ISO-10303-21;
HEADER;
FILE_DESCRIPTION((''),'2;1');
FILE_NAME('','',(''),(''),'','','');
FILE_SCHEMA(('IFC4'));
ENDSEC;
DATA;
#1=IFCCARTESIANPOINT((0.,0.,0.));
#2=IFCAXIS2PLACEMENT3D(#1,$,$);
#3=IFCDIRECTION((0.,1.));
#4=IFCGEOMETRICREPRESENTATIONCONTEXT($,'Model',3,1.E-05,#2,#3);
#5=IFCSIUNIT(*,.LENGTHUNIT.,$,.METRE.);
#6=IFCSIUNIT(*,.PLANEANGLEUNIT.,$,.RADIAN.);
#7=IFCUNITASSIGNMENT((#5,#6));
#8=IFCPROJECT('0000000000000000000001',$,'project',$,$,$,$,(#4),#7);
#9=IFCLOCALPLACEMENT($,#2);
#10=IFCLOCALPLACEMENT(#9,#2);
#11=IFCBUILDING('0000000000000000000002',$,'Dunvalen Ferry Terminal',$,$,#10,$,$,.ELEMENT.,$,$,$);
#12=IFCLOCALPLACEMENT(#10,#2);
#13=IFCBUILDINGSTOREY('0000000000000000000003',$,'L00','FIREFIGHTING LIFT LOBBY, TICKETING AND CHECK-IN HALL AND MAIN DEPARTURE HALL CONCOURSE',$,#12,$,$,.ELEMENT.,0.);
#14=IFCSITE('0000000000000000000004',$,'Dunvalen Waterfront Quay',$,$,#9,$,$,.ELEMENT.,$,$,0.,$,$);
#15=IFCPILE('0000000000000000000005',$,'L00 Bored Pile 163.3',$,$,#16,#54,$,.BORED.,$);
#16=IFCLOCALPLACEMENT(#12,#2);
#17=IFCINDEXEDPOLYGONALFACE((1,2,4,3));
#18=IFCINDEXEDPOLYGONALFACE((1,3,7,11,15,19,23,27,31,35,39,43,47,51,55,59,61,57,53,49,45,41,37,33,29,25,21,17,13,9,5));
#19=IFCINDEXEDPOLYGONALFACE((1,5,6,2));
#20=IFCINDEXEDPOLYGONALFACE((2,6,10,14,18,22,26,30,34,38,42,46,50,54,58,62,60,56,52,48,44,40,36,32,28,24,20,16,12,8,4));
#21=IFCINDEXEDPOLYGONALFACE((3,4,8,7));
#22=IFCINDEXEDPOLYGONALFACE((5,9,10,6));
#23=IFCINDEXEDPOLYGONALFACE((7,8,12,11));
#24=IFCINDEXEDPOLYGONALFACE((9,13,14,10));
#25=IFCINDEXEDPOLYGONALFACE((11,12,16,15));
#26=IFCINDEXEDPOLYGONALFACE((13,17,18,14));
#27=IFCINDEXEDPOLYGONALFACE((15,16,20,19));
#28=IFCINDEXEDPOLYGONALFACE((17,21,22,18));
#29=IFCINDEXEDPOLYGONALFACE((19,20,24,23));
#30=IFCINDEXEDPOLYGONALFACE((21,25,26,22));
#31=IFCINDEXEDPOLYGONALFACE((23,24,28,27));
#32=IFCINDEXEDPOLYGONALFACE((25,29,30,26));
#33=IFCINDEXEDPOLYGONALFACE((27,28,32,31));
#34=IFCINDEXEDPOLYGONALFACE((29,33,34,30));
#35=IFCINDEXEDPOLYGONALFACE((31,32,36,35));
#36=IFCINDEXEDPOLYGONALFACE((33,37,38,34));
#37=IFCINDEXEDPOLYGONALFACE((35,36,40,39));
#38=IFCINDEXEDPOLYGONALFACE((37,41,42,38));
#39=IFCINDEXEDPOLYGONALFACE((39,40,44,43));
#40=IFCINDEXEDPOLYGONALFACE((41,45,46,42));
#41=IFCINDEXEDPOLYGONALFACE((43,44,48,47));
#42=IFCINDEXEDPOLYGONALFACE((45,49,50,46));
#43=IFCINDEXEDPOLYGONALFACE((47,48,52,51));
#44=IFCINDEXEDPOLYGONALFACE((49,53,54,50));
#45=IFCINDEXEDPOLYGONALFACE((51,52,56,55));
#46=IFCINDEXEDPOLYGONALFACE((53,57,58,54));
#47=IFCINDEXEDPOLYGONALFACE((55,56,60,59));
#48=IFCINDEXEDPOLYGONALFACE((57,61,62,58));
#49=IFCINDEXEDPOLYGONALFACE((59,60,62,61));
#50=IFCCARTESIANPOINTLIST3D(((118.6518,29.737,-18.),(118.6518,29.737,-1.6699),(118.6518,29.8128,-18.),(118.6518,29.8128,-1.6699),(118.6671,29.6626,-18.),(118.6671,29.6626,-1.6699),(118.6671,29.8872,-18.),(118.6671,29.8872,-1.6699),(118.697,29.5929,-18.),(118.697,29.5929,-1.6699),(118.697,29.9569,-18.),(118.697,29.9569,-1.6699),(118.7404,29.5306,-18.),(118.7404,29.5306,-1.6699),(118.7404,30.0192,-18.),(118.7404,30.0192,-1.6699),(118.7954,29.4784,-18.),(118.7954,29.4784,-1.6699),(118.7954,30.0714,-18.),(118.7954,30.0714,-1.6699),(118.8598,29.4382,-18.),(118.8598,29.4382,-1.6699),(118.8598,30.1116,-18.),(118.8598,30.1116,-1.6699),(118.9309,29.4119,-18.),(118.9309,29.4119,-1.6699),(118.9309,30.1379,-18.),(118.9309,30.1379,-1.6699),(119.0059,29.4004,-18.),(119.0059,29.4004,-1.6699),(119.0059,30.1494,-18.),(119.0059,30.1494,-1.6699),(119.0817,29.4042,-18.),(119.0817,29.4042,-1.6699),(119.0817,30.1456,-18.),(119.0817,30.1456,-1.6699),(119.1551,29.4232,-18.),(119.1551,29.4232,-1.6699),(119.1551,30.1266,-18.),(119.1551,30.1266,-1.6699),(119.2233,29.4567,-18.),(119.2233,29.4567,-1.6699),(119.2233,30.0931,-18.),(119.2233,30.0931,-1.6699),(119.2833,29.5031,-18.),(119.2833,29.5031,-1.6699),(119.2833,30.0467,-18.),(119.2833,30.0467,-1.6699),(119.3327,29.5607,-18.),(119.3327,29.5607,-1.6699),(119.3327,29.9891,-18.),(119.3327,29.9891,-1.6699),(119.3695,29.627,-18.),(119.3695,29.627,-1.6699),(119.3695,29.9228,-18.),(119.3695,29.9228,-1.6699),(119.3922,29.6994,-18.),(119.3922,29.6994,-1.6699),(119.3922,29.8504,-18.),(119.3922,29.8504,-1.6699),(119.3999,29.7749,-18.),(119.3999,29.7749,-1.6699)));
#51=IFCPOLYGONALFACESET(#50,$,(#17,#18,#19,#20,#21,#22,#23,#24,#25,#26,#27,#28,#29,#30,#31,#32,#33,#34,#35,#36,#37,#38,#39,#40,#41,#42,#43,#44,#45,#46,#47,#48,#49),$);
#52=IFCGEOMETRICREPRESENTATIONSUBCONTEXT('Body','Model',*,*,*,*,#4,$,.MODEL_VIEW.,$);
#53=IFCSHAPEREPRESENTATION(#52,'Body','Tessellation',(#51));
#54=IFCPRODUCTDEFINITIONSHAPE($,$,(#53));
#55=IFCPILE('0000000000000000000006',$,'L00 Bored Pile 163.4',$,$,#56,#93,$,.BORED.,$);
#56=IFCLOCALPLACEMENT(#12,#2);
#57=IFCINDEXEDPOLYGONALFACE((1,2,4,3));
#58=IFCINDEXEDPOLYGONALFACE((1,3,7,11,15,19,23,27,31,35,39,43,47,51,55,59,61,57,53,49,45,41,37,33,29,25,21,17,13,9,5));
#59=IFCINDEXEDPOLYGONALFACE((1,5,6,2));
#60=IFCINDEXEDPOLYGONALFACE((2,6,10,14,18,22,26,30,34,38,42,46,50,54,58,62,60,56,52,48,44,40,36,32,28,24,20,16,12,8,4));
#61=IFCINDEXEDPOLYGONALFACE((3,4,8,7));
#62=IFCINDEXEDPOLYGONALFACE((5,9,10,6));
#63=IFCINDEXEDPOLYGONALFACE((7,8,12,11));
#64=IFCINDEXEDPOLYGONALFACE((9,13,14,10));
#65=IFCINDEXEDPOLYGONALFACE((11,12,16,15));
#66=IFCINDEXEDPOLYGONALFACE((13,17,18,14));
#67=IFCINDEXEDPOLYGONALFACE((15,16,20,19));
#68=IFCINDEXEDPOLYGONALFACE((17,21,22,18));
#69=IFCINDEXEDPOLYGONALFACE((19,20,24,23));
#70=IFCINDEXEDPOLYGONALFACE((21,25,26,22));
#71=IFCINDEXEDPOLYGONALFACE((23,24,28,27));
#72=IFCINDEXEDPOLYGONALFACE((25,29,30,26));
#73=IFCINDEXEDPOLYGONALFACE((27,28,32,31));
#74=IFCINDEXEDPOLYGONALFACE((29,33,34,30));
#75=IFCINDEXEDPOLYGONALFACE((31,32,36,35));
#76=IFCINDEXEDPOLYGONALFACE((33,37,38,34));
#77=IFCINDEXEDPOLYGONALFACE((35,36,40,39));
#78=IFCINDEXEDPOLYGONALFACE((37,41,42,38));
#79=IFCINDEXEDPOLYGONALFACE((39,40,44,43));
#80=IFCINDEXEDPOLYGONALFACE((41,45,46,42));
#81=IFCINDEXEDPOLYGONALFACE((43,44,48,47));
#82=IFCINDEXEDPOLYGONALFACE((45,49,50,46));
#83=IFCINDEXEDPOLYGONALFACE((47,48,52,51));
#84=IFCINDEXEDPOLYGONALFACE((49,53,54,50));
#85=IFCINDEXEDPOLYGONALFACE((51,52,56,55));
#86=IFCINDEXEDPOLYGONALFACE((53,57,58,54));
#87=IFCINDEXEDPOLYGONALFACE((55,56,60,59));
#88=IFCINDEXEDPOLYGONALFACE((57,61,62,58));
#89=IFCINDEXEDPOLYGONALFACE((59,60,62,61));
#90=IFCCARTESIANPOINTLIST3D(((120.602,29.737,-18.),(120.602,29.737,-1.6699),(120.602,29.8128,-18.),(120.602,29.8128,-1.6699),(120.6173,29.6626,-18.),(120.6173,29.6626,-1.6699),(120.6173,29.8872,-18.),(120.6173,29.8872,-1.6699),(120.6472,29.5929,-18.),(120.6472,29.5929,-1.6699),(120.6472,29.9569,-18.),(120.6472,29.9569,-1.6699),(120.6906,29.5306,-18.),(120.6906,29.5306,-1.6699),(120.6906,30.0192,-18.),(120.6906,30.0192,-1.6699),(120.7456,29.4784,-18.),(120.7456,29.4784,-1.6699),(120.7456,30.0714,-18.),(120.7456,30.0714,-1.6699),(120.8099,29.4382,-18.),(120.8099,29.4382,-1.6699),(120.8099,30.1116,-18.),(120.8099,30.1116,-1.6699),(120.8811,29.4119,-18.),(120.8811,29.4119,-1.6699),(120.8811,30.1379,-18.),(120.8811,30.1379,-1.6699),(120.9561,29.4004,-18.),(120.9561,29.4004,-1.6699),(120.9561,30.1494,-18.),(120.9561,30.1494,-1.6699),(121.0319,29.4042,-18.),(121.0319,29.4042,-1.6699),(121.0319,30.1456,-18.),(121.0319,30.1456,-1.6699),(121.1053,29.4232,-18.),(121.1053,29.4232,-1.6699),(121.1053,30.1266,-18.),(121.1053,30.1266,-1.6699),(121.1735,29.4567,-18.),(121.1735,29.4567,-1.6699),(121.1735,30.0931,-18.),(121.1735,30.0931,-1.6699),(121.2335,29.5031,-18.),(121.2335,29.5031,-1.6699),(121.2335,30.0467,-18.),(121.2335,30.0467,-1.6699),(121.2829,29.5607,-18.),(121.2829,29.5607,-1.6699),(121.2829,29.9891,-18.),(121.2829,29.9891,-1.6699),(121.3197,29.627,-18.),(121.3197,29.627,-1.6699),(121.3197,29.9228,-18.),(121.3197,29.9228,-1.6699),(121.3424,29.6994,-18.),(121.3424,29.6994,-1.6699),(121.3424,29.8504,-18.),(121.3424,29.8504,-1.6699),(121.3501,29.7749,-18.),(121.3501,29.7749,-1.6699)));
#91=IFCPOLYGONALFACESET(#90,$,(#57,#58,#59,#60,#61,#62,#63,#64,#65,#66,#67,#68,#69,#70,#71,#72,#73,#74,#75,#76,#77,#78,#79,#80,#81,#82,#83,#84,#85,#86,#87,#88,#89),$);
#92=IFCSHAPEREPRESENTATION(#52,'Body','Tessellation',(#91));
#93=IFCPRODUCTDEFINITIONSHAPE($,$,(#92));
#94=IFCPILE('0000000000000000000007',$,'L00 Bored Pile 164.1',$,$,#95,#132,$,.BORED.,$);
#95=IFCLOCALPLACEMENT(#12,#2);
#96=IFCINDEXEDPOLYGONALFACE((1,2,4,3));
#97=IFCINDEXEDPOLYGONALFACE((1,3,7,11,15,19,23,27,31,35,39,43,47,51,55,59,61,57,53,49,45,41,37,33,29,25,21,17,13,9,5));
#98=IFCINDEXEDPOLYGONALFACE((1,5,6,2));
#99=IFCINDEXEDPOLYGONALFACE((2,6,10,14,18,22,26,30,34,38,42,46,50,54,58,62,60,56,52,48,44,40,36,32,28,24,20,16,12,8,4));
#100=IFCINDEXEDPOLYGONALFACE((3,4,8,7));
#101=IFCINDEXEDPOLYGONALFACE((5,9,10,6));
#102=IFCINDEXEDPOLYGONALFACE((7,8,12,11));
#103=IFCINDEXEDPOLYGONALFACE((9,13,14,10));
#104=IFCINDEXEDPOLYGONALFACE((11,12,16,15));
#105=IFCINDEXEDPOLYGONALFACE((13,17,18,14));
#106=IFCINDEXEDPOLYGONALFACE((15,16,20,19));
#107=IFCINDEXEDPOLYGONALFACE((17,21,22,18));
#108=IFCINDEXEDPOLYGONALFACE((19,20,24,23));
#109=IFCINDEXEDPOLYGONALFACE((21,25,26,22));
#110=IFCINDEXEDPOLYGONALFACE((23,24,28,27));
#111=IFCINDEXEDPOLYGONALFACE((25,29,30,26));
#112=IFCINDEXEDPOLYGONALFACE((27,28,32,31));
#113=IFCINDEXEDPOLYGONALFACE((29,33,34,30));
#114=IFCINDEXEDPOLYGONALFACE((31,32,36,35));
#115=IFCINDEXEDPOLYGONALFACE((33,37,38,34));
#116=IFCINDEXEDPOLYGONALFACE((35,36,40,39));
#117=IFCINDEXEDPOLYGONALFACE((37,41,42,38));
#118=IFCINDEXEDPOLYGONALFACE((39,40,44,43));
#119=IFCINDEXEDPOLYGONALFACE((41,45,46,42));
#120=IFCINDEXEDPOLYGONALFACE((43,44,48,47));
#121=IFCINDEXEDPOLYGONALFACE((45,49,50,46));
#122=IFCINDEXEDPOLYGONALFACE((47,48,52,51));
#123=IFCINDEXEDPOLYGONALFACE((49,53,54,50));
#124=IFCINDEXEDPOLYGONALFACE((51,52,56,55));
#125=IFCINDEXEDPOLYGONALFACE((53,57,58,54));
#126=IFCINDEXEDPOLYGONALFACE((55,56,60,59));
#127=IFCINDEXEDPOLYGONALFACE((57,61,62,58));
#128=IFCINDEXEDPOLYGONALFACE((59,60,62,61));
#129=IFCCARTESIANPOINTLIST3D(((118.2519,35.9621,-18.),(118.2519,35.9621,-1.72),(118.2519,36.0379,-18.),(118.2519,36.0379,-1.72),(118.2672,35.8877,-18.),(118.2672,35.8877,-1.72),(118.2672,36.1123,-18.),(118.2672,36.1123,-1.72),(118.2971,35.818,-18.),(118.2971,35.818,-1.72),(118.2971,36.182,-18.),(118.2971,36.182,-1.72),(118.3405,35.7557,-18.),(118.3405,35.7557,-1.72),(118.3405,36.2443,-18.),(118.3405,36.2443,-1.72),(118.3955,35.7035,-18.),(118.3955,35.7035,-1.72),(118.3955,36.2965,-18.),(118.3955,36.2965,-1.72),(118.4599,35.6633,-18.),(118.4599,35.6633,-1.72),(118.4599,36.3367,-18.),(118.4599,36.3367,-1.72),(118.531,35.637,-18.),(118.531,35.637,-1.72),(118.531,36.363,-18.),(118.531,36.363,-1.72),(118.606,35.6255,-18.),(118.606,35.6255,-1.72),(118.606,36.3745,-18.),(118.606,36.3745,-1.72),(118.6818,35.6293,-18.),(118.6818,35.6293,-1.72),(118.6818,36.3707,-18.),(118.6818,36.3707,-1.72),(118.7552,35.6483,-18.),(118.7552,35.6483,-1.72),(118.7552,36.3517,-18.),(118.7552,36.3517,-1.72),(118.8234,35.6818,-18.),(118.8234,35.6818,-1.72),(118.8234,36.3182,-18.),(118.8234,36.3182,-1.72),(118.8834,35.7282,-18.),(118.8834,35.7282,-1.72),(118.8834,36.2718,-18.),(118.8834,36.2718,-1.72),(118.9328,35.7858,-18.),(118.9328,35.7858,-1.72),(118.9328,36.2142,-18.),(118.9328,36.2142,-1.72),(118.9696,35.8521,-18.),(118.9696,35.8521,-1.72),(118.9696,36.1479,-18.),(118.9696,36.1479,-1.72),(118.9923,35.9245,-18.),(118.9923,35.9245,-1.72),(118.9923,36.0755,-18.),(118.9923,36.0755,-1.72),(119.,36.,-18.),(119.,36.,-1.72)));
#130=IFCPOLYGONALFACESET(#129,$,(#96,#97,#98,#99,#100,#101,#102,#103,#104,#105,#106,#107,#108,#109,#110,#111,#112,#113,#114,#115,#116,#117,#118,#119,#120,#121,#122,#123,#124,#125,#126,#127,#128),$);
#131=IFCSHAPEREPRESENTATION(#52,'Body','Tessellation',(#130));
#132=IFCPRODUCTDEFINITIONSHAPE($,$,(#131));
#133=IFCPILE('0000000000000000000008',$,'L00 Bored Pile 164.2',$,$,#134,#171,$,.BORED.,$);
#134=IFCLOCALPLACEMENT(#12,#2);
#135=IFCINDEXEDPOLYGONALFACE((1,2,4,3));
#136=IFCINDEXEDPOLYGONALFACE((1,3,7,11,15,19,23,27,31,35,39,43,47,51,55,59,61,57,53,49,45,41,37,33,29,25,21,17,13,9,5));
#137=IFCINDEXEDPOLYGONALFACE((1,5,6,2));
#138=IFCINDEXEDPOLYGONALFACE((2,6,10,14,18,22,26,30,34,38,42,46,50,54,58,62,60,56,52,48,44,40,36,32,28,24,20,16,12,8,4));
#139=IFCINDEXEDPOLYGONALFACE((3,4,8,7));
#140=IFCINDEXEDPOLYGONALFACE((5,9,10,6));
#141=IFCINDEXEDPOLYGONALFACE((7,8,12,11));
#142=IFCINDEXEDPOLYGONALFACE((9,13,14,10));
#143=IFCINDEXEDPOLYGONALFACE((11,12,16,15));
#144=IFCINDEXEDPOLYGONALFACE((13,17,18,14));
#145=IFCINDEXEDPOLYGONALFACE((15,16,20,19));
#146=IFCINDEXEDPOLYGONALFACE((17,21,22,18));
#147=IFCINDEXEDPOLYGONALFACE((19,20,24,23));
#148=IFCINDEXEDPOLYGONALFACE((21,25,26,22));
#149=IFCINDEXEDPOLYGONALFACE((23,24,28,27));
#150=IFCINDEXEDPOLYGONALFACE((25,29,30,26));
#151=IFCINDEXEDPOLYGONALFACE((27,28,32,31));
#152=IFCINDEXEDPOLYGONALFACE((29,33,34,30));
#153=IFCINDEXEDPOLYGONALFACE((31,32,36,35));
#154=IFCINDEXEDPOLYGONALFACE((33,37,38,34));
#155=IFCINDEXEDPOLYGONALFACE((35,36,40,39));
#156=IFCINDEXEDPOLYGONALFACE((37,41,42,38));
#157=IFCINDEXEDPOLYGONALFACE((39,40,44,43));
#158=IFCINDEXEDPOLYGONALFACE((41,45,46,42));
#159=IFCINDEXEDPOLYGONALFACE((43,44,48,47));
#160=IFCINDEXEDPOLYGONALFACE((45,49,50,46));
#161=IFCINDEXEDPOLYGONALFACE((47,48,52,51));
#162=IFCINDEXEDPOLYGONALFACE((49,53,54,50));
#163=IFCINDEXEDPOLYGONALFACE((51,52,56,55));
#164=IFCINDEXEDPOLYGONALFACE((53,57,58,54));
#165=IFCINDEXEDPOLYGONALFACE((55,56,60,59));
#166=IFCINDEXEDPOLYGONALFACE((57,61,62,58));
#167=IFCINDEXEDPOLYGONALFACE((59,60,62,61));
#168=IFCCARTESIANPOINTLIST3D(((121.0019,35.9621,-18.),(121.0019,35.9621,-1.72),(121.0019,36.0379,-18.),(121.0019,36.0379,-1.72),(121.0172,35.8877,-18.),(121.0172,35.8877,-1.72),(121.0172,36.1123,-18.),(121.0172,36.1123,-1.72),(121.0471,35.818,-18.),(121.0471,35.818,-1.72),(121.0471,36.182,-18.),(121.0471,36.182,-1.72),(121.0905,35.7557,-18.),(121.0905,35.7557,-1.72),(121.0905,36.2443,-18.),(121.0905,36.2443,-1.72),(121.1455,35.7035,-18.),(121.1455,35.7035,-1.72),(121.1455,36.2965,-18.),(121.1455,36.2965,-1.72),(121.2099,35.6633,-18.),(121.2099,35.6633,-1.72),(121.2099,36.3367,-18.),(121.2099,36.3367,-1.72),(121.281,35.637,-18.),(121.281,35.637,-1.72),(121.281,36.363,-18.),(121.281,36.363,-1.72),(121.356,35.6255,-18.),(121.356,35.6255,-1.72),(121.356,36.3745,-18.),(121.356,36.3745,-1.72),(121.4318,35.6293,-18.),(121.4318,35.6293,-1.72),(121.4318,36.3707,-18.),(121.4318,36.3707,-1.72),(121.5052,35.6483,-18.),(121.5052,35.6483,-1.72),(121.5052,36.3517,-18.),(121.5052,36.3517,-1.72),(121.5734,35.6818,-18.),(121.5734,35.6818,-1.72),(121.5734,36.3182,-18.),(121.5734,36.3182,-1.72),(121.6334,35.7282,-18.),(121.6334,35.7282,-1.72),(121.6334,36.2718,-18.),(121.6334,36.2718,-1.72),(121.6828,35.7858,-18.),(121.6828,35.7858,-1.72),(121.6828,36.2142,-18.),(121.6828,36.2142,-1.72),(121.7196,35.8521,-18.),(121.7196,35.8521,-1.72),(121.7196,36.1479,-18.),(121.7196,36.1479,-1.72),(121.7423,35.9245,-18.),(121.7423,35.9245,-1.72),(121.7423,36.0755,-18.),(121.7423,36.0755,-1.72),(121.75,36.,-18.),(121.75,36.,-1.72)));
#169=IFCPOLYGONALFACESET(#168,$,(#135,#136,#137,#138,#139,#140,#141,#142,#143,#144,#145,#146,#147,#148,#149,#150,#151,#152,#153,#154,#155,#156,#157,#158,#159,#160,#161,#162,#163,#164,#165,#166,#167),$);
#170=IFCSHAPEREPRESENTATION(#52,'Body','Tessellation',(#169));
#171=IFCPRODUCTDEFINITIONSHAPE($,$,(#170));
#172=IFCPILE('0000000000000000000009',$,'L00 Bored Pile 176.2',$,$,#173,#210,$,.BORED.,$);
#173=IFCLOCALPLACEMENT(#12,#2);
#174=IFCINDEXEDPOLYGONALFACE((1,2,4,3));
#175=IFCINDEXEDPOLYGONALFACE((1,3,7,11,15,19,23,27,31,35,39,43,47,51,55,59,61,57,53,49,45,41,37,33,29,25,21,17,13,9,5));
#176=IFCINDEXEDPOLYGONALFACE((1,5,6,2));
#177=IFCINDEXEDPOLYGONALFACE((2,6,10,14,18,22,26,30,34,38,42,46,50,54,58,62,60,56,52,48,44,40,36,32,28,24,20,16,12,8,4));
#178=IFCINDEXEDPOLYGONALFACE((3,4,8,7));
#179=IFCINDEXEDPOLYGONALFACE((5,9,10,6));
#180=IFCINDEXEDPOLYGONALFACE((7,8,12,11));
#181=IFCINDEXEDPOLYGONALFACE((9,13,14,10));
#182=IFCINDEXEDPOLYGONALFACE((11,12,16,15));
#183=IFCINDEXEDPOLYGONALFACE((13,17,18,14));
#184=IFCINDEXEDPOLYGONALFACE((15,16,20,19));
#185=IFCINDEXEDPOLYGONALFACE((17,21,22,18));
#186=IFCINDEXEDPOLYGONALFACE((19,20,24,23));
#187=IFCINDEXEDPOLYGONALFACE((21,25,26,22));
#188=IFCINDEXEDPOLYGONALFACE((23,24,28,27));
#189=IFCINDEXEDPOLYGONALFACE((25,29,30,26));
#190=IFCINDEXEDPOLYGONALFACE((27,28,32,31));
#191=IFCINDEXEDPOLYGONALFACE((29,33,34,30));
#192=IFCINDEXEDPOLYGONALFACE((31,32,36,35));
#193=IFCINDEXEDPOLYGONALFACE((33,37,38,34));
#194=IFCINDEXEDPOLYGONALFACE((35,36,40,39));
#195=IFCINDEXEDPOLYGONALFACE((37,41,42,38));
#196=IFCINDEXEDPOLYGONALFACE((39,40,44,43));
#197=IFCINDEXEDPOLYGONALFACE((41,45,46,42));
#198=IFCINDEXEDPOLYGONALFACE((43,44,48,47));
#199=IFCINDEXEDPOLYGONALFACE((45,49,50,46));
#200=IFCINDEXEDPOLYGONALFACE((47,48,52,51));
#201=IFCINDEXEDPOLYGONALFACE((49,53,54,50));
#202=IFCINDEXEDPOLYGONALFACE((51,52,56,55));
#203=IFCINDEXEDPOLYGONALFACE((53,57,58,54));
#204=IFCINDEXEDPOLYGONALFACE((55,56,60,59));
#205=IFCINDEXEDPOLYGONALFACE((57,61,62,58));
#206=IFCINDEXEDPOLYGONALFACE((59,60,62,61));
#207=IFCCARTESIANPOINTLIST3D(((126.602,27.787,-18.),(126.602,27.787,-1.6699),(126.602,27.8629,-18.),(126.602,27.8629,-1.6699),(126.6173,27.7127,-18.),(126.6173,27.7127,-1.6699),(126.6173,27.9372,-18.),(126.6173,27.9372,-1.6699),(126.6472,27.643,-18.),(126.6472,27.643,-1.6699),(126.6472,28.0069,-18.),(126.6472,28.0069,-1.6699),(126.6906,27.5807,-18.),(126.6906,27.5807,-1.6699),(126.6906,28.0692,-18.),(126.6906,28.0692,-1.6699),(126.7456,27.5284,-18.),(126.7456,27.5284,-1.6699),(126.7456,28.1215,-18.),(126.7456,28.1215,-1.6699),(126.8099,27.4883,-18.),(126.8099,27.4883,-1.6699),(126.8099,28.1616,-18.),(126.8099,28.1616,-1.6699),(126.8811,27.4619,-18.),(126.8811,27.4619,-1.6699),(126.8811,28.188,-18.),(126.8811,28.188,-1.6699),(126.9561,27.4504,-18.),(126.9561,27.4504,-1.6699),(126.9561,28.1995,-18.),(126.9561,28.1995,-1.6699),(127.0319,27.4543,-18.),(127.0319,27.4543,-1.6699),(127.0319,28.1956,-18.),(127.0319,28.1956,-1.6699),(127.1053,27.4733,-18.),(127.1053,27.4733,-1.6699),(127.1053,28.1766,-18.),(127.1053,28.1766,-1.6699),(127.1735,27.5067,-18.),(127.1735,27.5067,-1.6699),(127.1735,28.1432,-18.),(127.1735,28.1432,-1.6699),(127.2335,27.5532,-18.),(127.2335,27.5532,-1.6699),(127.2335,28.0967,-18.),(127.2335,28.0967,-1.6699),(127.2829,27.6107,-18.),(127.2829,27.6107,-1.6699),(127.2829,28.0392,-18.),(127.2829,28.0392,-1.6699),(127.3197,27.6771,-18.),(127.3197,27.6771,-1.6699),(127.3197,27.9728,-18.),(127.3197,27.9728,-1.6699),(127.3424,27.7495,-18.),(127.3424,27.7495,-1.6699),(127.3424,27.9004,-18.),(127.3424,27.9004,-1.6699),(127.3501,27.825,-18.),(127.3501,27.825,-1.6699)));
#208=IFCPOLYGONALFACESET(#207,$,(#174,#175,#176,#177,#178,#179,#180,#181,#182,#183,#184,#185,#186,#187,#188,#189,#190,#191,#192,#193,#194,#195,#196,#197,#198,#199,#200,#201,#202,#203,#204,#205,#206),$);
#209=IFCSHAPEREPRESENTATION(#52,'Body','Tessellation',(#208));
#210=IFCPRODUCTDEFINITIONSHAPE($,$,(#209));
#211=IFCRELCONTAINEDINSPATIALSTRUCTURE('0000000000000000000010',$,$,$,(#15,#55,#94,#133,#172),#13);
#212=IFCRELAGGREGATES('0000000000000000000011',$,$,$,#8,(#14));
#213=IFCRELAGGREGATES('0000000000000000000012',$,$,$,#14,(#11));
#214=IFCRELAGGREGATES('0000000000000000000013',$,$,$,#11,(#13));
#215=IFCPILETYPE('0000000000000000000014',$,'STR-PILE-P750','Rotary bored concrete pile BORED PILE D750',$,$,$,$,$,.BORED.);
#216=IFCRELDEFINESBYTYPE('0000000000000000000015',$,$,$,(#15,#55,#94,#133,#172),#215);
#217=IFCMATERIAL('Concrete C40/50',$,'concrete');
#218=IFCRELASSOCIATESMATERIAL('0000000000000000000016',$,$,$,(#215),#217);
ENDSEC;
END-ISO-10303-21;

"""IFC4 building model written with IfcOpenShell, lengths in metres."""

from ifc_helpers import new_model, si_unit, direction, frame, origin, origin_2d, place, context, subcontext, project, spatial, circle, extrude, material, material_profile, profile_set, type_object, element, save


model = new_model("IFC4")

# Units and contexts
model_context = context("Model", 3, precision=1e-05, world=origin(), true_north=direction((0.0, 1.0)))
body_context = subcontext(model_context, "Body", "Model", "MODEL_VIEW")
ifc_project = project(units=[si_unit("LENGTHUNIT", "METRE"), si_unit("PLANEANGLEUNIT", "RADIAN")], contexts=[model_context])

# Site, building, storey
site_placement = place(None, origin())
site = spatial("IfcSite", under=ifc_project, at=site_placement, Name="Dunvalen Waterfront Quay", CompositionType="ELEMENT", RefElevation=0.0)
building_placement = place(site_placement, origin())
building = spatial("IfcBuilding", under=site, at=building_placement, Name="Dunvalen Ferry Terminal", CompositionType="ELEMENT")
storey_placement = place(building_placement, origin())
storey = spatial("IfcBuildingStorey", under=building, at=storey_placement, Name="L00", Description="FIREFIGHTING LIFT LOBBY, TICKETING AND CHECK-IN HALL AND MAIN DEPARTURE HALL CONCOURSE", CompositionType="ELEMENT", Elevation=0.0)

# Shared definitions
ifc_material_1 = material(Name="Concrete C40/50", Category="concrete")

# Piles
ifc_material_profile_1 = material_profile(ifc_material_1, circle(Radius=0.375, at=origin_2d()), Name="Concrete C40/50")
ifc_profile_set_1 = profile_set([ifc_material_profile_1], Name="Concrete C40/50")
pile_type = type_object("IfcPileType", Name="STR-PILE-P750", Description="Rotary bored concrete pile BORED PILE D750", PredefinedType="BORED", material=ifc_profile_set_1)
for number, where, z_axis, x_axis, name in (
    (1, (119.0249, 29.7749, -1.6699), (0.0, 0.0, -1.0), (1.0, 0.0, 0.0), "L00 Bored Pile 163.3"),
    (2, (120.9751, 29.7749, -1.6699), (0.0, 0.0, -1.0), (1.0, 0.0, 0.0), "L00 Bored Pile 163.4"),
):
    element("IfcPile", number, at=place(storey_placement, frame(where, z_axis=z_axis, x_axis=x_axis)), inside=storey, type_object=pile_type, Name=name, PredefinedType="BORED", context=body_context, shape_type="SweptSolid", body=[
        extrude(circle(Radius=0.375, at=origin_2d()), origin(), (0.0, 0.0, 1.0), 16.3301),
    ])
for number, where, z_axis, x_axis, name in (
    (3, (118.625, 36.0, -1.72), (0.0, 0.0, -1.0), (1.0, 0.0, 0.0), "L00 Bored Pile 164.1"),
    (4, (121.375, 36.0, -1.72), (0.0, 0.0, -1.0), (1.0, 0.0, 0.0), "L00 Bored Pile 164.2"),
):
    element("IfcPile", number, at=place(storey_placement, frame(where, z_axis=z_axis, x_axis=x_axis)), inside=storey, type_object=pile_type, Name=name, PredefinedType="BORED", context=body_context, shape_type="SweptSolid", body=[
        extrude(circle(Radius=0.375, at=origin_2d()), origin(), (0.0, 0.0, 1.0), 16.28),
    ])
for number, where, z_axis, x_axis, name in (
    (5, (126.9751, 27.825, -1.6699), (0.0, 0.0, -1.0), (1.0, 0.0, 0.0), "L00 Bored Pile 176.2"),
):
    element("IfcPile", number, at=place(storey_placement, frame(where, z_axis=z_axis, x_axis=x_axis)), inside=storey, type_object=pile_type, Name=name, PredefinedType="BORED", context=body_context, shape_type="SweptSolid", body=[
        extrude(circle(Radius=0.375, at=origin_2d()), origin(), (0.0, 0.0, 1.0), 16.3301),
    ])

save(model, "model.ifc")
